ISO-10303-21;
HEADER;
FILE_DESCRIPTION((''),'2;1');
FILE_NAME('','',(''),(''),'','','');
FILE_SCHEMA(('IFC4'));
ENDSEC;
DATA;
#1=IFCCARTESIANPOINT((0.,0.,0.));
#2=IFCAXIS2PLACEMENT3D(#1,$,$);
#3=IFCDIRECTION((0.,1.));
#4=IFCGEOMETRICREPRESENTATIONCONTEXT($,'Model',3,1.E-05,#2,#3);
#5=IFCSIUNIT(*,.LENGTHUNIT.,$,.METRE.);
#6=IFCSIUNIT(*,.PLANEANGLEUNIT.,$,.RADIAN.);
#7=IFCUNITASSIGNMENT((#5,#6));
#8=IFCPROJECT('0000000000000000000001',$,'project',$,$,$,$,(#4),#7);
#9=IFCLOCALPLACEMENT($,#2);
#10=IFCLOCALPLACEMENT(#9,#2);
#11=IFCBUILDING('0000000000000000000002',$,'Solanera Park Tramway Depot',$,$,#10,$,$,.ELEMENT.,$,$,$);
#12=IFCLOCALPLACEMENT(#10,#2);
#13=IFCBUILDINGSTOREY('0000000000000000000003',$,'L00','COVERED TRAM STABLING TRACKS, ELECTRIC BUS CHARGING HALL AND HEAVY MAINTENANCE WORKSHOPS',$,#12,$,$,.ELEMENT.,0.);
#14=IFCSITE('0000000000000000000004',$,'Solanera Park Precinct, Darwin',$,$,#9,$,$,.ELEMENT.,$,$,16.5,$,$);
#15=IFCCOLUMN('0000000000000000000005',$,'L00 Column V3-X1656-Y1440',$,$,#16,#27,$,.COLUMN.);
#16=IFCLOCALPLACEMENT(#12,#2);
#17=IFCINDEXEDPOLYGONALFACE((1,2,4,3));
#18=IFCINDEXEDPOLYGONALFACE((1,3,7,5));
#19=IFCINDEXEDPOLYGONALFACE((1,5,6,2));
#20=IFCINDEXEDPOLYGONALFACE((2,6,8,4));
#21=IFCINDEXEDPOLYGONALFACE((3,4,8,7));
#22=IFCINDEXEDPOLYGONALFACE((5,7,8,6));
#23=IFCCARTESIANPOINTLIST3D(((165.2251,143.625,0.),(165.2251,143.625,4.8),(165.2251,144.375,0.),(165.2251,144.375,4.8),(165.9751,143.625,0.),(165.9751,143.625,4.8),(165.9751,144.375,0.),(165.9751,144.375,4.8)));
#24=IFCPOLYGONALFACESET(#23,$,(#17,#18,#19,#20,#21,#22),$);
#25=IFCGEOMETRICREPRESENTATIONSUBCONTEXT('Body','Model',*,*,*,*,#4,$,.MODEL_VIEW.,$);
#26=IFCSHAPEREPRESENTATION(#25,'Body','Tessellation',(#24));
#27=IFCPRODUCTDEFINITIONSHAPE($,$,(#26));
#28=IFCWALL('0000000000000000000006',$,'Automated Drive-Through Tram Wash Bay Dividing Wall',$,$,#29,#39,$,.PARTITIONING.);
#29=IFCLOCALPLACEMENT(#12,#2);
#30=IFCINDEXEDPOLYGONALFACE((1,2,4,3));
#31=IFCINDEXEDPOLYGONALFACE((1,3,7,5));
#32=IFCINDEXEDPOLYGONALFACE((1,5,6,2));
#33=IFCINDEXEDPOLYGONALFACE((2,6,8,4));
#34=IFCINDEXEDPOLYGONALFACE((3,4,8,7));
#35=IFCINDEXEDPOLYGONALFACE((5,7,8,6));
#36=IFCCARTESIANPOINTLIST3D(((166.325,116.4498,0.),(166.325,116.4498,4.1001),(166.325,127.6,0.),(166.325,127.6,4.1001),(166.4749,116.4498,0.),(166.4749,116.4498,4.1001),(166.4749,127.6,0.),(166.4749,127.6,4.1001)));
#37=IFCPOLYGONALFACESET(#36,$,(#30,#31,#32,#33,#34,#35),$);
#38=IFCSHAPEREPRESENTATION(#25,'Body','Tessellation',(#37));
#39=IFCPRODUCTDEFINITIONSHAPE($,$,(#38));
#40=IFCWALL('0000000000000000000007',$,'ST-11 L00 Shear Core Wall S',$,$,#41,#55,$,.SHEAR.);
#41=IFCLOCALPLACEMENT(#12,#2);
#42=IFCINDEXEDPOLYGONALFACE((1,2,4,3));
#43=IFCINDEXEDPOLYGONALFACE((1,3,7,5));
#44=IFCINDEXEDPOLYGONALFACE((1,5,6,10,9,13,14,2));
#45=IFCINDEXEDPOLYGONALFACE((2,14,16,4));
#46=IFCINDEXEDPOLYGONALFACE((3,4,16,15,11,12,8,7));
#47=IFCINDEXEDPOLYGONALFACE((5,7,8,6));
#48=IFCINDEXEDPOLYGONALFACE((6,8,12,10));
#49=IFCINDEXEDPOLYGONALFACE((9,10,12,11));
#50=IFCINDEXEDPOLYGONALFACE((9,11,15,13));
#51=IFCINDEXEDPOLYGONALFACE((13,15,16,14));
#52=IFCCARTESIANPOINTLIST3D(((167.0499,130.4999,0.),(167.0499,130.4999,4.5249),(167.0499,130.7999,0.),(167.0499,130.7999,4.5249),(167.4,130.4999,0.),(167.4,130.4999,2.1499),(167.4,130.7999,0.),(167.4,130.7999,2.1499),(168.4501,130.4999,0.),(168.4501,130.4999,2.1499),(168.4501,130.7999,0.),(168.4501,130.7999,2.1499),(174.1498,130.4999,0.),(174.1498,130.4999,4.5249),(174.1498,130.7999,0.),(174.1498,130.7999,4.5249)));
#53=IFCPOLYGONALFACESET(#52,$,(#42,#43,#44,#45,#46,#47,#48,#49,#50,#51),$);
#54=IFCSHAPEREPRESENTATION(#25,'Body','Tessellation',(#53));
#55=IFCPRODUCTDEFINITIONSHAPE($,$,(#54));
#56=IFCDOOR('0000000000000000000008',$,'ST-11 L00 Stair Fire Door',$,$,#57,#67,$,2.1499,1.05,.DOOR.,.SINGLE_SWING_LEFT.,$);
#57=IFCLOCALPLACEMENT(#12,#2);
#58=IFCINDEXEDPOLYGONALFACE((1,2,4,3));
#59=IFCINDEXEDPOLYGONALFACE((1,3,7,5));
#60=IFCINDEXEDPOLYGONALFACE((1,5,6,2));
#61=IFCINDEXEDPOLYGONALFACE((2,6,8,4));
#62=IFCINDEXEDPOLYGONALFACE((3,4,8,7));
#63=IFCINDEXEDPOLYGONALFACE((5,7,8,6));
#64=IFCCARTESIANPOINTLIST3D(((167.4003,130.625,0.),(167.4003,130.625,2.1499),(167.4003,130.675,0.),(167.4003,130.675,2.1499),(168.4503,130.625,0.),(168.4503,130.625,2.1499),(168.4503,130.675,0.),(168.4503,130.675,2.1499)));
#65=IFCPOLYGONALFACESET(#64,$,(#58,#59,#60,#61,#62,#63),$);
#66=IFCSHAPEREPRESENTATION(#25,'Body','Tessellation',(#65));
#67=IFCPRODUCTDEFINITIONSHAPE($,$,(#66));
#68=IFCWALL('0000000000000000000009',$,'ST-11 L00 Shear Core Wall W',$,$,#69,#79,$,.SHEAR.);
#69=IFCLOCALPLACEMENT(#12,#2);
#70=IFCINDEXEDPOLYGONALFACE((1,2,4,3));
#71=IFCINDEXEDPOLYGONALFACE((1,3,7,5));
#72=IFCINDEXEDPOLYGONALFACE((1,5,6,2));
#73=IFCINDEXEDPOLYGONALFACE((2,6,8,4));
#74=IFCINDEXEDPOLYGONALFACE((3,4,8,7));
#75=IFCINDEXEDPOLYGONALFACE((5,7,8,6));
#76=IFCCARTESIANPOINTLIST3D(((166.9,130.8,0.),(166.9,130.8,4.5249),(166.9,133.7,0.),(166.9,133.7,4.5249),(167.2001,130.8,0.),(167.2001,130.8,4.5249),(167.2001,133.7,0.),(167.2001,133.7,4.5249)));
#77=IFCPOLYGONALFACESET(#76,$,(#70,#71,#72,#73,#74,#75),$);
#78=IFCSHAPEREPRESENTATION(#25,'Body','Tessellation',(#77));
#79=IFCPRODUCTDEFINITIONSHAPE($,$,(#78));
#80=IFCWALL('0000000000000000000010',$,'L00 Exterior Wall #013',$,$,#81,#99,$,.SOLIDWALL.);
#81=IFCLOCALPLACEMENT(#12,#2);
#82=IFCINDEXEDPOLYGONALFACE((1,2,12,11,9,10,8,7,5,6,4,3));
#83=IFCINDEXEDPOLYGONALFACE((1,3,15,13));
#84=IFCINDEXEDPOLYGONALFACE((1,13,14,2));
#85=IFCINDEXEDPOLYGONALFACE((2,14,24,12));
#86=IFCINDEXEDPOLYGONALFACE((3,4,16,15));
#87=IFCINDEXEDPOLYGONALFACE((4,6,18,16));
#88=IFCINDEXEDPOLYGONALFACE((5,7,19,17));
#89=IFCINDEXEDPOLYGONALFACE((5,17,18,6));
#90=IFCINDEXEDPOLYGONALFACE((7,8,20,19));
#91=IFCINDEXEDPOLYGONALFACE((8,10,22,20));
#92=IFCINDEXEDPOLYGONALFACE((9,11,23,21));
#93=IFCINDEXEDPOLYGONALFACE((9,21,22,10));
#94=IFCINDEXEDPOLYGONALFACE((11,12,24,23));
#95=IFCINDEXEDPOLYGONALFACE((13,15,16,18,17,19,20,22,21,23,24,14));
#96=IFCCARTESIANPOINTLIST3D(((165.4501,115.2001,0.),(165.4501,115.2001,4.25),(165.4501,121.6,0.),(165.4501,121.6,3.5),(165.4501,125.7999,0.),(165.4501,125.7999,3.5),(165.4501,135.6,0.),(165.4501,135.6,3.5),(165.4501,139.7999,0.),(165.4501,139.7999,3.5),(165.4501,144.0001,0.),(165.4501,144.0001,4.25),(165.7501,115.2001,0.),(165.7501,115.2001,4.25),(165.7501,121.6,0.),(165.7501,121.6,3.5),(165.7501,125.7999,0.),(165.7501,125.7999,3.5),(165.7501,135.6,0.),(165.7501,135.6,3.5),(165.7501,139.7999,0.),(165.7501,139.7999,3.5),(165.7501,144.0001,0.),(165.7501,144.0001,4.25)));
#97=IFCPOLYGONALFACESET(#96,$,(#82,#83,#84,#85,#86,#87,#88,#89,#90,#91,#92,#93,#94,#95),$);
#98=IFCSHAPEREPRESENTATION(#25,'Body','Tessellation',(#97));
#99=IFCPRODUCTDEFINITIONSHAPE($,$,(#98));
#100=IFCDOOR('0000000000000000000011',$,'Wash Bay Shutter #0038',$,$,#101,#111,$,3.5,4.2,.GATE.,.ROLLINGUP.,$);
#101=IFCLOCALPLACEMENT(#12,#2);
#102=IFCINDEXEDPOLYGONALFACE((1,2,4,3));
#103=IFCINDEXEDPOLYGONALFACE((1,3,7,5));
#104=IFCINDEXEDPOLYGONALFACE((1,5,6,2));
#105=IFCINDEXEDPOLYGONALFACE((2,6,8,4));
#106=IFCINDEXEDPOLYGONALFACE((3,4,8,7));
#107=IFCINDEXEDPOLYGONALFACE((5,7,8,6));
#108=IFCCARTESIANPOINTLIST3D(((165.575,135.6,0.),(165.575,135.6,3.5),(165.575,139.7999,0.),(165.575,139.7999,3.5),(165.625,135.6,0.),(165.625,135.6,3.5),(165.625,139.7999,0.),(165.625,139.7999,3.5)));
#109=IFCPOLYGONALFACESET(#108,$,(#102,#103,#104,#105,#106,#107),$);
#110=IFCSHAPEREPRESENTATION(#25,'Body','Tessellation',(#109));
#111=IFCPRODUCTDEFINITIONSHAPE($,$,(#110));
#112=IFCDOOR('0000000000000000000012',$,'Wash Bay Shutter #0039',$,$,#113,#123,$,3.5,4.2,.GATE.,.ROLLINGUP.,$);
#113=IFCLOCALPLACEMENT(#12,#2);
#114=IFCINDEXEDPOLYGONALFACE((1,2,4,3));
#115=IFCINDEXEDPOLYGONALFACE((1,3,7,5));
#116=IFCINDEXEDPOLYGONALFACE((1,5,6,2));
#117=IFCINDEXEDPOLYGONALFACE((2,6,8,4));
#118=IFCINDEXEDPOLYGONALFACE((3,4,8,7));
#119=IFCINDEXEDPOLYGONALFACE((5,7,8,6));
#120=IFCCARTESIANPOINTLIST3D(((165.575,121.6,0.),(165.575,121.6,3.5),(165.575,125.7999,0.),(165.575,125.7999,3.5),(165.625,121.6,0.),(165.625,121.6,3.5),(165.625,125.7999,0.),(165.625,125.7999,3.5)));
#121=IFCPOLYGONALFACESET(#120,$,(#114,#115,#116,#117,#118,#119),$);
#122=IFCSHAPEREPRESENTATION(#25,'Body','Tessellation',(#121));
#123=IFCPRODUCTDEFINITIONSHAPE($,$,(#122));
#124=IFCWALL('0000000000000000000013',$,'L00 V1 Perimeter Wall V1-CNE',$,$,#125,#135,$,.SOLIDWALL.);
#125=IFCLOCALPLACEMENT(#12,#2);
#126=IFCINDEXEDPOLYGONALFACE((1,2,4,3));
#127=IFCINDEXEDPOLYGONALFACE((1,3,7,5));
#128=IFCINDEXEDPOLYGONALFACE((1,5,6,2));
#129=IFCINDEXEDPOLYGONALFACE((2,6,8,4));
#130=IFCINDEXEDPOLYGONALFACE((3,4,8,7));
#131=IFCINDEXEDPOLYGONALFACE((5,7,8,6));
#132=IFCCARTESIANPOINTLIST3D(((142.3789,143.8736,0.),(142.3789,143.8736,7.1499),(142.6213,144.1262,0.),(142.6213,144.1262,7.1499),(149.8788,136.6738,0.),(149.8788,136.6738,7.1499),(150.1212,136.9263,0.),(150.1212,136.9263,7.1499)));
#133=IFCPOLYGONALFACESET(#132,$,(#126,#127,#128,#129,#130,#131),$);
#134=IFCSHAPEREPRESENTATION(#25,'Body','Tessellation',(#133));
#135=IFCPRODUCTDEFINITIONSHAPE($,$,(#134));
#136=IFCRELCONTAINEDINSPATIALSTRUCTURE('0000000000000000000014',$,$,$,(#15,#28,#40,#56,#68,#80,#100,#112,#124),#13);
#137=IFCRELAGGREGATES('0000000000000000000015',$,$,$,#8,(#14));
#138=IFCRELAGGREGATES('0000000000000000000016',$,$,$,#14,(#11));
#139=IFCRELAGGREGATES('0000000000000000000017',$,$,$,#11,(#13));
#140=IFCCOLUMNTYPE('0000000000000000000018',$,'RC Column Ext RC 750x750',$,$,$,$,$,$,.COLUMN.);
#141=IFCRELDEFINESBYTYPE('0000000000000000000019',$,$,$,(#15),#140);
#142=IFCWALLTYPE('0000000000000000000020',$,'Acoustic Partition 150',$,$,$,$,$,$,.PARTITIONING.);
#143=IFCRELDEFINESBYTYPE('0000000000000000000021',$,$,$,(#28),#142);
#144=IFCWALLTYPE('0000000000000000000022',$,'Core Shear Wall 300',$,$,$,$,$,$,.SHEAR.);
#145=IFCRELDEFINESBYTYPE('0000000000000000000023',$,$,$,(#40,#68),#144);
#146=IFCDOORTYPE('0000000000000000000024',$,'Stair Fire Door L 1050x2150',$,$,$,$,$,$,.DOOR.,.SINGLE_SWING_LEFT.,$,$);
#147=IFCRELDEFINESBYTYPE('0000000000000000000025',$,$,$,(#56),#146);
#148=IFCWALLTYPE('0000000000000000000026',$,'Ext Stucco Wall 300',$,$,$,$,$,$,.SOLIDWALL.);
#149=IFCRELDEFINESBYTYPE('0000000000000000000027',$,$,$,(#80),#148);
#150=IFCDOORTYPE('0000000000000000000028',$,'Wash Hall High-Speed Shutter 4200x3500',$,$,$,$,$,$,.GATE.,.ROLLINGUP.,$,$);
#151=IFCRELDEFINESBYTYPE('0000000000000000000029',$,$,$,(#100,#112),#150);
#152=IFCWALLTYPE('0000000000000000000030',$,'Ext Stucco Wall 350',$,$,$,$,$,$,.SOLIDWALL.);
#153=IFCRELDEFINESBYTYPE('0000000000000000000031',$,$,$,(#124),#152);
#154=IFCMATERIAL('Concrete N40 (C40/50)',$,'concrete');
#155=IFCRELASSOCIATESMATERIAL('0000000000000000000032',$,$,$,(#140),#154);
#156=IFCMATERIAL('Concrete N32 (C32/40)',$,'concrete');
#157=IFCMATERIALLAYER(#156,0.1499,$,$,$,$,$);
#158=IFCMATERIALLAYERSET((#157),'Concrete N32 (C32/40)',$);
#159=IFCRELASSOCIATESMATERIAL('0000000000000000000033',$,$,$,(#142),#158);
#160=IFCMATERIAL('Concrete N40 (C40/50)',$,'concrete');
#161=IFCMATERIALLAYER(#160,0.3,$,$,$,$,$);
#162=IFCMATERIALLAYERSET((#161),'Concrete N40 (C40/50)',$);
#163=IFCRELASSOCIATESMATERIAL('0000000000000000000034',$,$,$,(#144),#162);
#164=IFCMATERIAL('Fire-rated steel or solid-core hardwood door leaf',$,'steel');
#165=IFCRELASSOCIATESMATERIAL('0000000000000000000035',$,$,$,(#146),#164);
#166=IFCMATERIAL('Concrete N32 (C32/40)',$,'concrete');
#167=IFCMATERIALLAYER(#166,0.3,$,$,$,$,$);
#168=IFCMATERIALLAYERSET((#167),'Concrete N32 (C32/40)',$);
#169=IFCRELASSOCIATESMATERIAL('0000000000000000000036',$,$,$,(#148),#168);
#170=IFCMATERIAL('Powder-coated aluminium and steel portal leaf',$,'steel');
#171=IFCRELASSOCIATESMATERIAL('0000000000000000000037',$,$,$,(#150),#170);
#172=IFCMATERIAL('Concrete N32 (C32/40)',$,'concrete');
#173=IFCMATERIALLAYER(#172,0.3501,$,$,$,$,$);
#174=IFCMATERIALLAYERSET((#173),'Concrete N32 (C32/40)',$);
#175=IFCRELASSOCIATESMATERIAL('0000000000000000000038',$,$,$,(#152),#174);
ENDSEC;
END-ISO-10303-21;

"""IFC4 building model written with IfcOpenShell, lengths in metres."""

from ifc_helpers import new_model, si_unit, direction, frame, frame_2d, origin, origin_2d, place, context, subcontext, project, spatial, rectangle, extrude, material, layer, layer_set, material_profile, profile_set, type_object, element, fill, save


model = new_model("IFC4")

# Units and contexts
model_context = context("Model", 3, precision=1e-05, world=origin(), true_north=direction((0.0, 1.0)))
body_context = subcontext(model_context, "Body", "Model", "MODEL_VIEW")
ifc_project = project(units=[si_unit("LENGTHUNIT", "METRE"), si_unit("PLANEANGLEUNIT", "RADIAN")], contexts=[model_context])

# Site, building, storey
site_placement = place(None, origin())
site = spatial("IfcSite", under=ifc_project, at=site_placement, Name="Solanera Park Precinct, Darwin", CompositionType="ELEMENT", RefElevation=16.5)
building_placement = place(site_placement, origin())
building = spatial("IfcBuilding", under=site, at=building_placement, Name="Solanera Park Tramway Depot", CompositionType="ELEMENT")
storey_placement = place(building_placement, origin())
storey = spatial("IfcBuildingStorey", under=building, at=storey_placement, Name="L00", Description="COVERED TRAM STABLING TRACKS, ELECTRIC BUS CHARGING HALL AND HEAVY MAINTENANCE WORKSHOPS", CompositionType="ELEMENT", Elevation=0.0)

# Column
ifc_material_1 = material(Name="Concrete N40 (C40/50)", Category="concrete")
ifc_material_profile_1 = material_profile(ifc_material_1, rectangle(XDim=0.75, YDim=0.75, at=origin_2d()), Name="RC 750x750")
ifc_profile_set_1 = profile_set([ifc_material_profile_1], Name="Concrete N40 (C40/50)")
column_type_1 = type_object("IfcColumnType", Name="RC Column Ext RC 750x750", PredefinedType="COLUMN", material=ifc_profile_set_1)
column_1_placement = place(storey_placement, frame((165.6001, 144.0, 0.0), z_axis=(0.0, 0.0, 1.0), x_axis=(1.0, 0.0, 0.0)))
element("IfcColumn", 1, at=column_1_placement, inside=storey, type_object=column_type_1, Name="L00 Column V3-X1656-Y1440", PredefinedType="COLUMN", context=body_context, shape_type="SweptSolid", body=[
    extrude(rectangle(XDim=0.75, YDim=0.75, at=origin_2d()), origin(), (0.0, 0.0, 1.0), 4.8),
])

# Wall
ifc_material_2 = material(Name="Concrete N32 (C32/40)", Category="concrete")
ifc_layer_1 = layer(ifc_material_2, 0.1499)
ifc_layer_set_1 = layer_set([ifc_layer_1], Name="Concrete N32 (C32/40)")
wall_type_1 = type_object("IfcWallType", Name="Acoustic Partition 150", PredefinedType="PARTITIONING", material=ifc_layer_set_1)
wall_1_placement = place(storey_placement, frame((166.3999, 127.6001, 0.0), z_axis=(0.0, 0.0, 1.0), x_axis=(0.0, -1.0, 0.0)))
element("IfcWall", 2, at=wall_1_placement, inside=storey, type_object=wall_type_1, Name="Automated Drive-Through Tram Wash Bay Dividing Wall", PredefinedType="PARTITIONING", context=body_context, shape_type="SweptSolid", body=[
    extrude(rectangle(XDim=11.1501, YDim=0.1499, at=frame_2d((5.5752, 0.0))), origin(), (0.0, 0.0, 1.0), 4.1001),
])

# Wall, opening, door
ifc_material_3 = material(Name="Concrete N40 (C40/50)", Category="concrete")
ifc_layer_2 = layer(ifc_material_3, 0.3)
ifc_layer_set_2 = layer_set([ifc_layer_2], Name="Concrete N40 (C40/50)")
wall_type_2 = type_object("IfcWallType", Name="Core Shear Wall 300", PredefinedType="SHEAR", material=ifc_layer_set_2)
wall_2_placement = place(storey_placement, frame((167.05, 130.6499, 0.0), z_axis=(0.0, 0.0, 1.0), x_axis=(1.0, 0.0, 0.0)))
wall_2 = element("IfcWall", 3, at=wall_2_placement, inside=storey, type_object=wall_type_2, Name="ST-11 L00 Shear Core Wall S", PredefinedType="SHEAR", context=body_context, shape_type="SweptSolid", body=[
    extrude(rectangle(XDim=7.0999, YDim=0.3, at=frame_2d((3.5498, 0.0))), origin(), (0.0, 0.0, 1.0), 4.5249),
])
opening_1_placement = place(wall_2_placement, frame((0.3501, 0.0, 0.0)))
opening_1 = element("IfcOpeningElement", 4, at=opening_1_placement, cuts=wall_2, PredefinedType="OPENING", context=body_context, shape_type="SweptSolid", body=[
    extrude(rectangle(XDim=1.05, YDim=2.1499, at=frame_2d((0.5249, 1.075))), frame((0.0, 0.1602, 0.0), z_axis=(0.0, -1.0, 0.0), x_axis=(1.0, 0.0, 0.0)), (0.0, 0.0, 1.0), 0.3201),
])
ifc_material_4 = material(Name="Fire-rated steel or solid-core hardwood door leaf", Category="steel")
door_type_1 = type_object("IfcDoorType", Name="Stair Fire Door L 1050x2150", OperationType="SINGLE_SWING_LEFT", PredefinedType="DOOR", material=ifc_material_4)
door_1_placement = place(opening_1_placement, frame((1.05, 0.0, 0.0), z_axis=(0.0, 0.0, 1.0), x_axis=(-1.0, 0.0, 0.0)))
door_1 = element("IfcDoor", 5, at=door_1_placement, inside=storey, type_object=door_type_1, Name="ST-11 L00 Stair Fire Door", OperationType="SINGLE_SWING_LEFT", OverallHeight=2.1499, OverallWidth=1.05, PredefinedType="DOOR", context=body_context, shape_type="SweptSolid", body=[
    extrude(rectangle(XDim=1.05, YDim=2.1499, at=frame_2d((0.5249, 1.075))), frame((0.0, 0.0249, 0.0), z_axis=(0.0, -1.0, 0.0), x_axis=(1.0, 0.0, 0.0)), (0.0, 0.0, 1.0), 0.05),
])
fill(opening_1, door_1)

# Wall
wall_3_placement = place(storey_placement, frame((167.05, 133.7, 0.0), z_axis=(0.0, 0.0, 1.0), x_axis=(0.0, -1.0, 0.0)))
element("IfcWall", 6, at=wall_3_placement, inside=storey, type_object=wall_type_2, Name="ST-11 L00 Shear Core Wall W", PredefinedType="SHEAR", context=body_context, shape_type="SweptSolid", body=[
    extrude(rectangle(XDim=2.8999, YDim=0.3, at=frame_2d((1.45, 0.0))), origin(), (0.0, 0.0, 1.0), 4.5249),
])

# Wall, openings, doors
ifc_material_5 = material(Name="Concrete N32 (C32/40)", Category="concrete")
ifc_layer_3 = layer(ifc_material_5, 0.3)
ifc_layer_set_3 = layer_set([ifc_layer_3], Name="Concrete N32 (C32/40)")
wall_type_3 = type_object("IfcWallType", Name="Ext Stucco Wall 300", PredefinedType="SOLIDWALL", material=ifc_layer_set_3)
wall_4_placement = place(storey_placement, frame((165.6001, 144.0, 0.0), z_axis=(0.0, 0.0, 1.0), x_axis=(0.0, -1.0, 0.0)))
wall_4 = element("IfcWall", 7, at=wall_4_placement, inside=storey, type_object=wall_type_3, Name="L00 Exterior Wall #013", PredefinedType="SOLIDWALL", context=body_context, shape_type="SweptSolid", body=[
    extrude(rectangle(XDim=28.8, YDim=0.3, at=frame_2d((14.3999, 0.0))), origin(), (0.0, 0.0, 1.0), 4.25),
])
opening_2_placement = place(wall_4_placement, frame((4.2, 0.0, 0.0)))
opening_2 = element("IfcOpeningElement", 8, at=opening_2_placement, cuts=wall_4, PredefinedType="OPENING", context=body_context, shape_type="SweptSolid", body=[
    extrude(rectangle(XDim=4.2, YDim=3.5, at=frame_2d((2.1001, 1.75))), frame((0.0, 0.1602, 0.0), z_axis=(0.0, -1.0, 0.0), x_axis=(1.0, 0.0, 0.0)), (0.0, 0.0, 1.0), 0.3201),
])
opening_3_placement = place(wall_4_placement, frame((18.2, 0.0, 0.0)))
opening_3 = element("IfcOpeningElement", 9, at=opening_3_placement, cuts=wall_4, PredefinedType="OPENING", context=body_context, shape_type="SweptSolid", body=[
    extrude(rectangle(XDim=4.2, YDim=3.5, at=frame_2d((2.1001, 1.75))), frame((0.0, 0.1602, 0.0), z_axis=(0.0, -1.0, 0.0), x_axis=(1.0, 0.0, 0.0)), (0.0, 0.0, 1.0), 0.3201),
])
ifc_material_6 = material(Name="Powder-coated aluminium and steel portal leaf", Category="steel")
door_type_2 = type_object("IfcDoorType", Name="Wash Hall High-Speed Shutter 4200x3500", OperationType="ROLLINGUP", PredefinedType="GATE", material=ifc_material_6)
door_2_placement = place(opening_2_placement, origin())
door_2 = element("IfcDoor", 10, at=door_2_placement, inside=storey, type_object=door_type_2, Name="Wash Bay Shutter #0038", OperationType="ROLLINGUP", OverallHeight=3.5, OverallWidth=4.2, PredefinedType="GATE", context=body_context, shape_type="SweptSolid", body=[
    extrude(rectangle(XDim=4.2, YDim=3.5, at=frame_2d((2.1001, 1.75))), frame((0.0, 0.0249, 0.0), z_axis=(0.0, -1.0, 0.0), x_axis=(1.0, 0.0, 0.0)), (0.0, 0.0, 1.0), 0.05),
])
fill(opening_2, door_2)
door_3_placement = place(opening_3_placement, origin())
door_3 = element("IfcDoor", 11, at=door_3_placement, inside=storey, type_object=door_type_2, Name="Wash Bay Shutter #0039", OperationType="ROLLINGUP", OverallHeight=3.5, OverallWidth=4.2, PredefinedType="GATE", context=body_context, shape_type="SweptSolid", body=[
    extrude(rectangle(XDim=4.2, YDim=3.5, at=frame_2d((2.1001, 1.75))), frame((0.0, 0.0249, 0.0), z_axis=(0.0, -1.0, 0.0), x_axis=(1.0, 0.0, 0.0)), (0.0, 0.0, 1.0), 0.05),
])
fill(opening_3, door_3)

# Wall
ifc_material_7 = material(Name="Concrete N32 (C32/40)", Category="concrete")
ifc_layer_4 = layer(ifc_material_7, 0.3501)
ifc_layer_set_4 = layer_set([ifc_layer_4], Name="Concrete N32 (C32/40)")
wall_type_4 = type_object("IfcWallType", Name="Ext Stucco Wall 350", PredefinedType="SOLIDWALL", material=ifc_layer_set_4)
wall_5_placement = place(storey_placement, frame((150.0, 136.8, 0.0), z_axis=(0.0, 0.0, 1.0), x_axis=(-0.72139, 0.692529, 0.0)))
element("IfcWall", 12, at=wall_5_placement, inside=storey, type_object=wall_type_4, Name="L00 V1 Perimeter Wall V1-CNE", PredefinedType="SOLIDWALL", context=body_context, shape_type="SweptSolid", body=[
    extrude(rectangle(XDim=10.3965, YDim=0.3501, at=frame_2d((5.1982, 0.0))), origin(), (0.0, 0.0, 1.0), 7.1499),
])

save(model, "model.ifc")
